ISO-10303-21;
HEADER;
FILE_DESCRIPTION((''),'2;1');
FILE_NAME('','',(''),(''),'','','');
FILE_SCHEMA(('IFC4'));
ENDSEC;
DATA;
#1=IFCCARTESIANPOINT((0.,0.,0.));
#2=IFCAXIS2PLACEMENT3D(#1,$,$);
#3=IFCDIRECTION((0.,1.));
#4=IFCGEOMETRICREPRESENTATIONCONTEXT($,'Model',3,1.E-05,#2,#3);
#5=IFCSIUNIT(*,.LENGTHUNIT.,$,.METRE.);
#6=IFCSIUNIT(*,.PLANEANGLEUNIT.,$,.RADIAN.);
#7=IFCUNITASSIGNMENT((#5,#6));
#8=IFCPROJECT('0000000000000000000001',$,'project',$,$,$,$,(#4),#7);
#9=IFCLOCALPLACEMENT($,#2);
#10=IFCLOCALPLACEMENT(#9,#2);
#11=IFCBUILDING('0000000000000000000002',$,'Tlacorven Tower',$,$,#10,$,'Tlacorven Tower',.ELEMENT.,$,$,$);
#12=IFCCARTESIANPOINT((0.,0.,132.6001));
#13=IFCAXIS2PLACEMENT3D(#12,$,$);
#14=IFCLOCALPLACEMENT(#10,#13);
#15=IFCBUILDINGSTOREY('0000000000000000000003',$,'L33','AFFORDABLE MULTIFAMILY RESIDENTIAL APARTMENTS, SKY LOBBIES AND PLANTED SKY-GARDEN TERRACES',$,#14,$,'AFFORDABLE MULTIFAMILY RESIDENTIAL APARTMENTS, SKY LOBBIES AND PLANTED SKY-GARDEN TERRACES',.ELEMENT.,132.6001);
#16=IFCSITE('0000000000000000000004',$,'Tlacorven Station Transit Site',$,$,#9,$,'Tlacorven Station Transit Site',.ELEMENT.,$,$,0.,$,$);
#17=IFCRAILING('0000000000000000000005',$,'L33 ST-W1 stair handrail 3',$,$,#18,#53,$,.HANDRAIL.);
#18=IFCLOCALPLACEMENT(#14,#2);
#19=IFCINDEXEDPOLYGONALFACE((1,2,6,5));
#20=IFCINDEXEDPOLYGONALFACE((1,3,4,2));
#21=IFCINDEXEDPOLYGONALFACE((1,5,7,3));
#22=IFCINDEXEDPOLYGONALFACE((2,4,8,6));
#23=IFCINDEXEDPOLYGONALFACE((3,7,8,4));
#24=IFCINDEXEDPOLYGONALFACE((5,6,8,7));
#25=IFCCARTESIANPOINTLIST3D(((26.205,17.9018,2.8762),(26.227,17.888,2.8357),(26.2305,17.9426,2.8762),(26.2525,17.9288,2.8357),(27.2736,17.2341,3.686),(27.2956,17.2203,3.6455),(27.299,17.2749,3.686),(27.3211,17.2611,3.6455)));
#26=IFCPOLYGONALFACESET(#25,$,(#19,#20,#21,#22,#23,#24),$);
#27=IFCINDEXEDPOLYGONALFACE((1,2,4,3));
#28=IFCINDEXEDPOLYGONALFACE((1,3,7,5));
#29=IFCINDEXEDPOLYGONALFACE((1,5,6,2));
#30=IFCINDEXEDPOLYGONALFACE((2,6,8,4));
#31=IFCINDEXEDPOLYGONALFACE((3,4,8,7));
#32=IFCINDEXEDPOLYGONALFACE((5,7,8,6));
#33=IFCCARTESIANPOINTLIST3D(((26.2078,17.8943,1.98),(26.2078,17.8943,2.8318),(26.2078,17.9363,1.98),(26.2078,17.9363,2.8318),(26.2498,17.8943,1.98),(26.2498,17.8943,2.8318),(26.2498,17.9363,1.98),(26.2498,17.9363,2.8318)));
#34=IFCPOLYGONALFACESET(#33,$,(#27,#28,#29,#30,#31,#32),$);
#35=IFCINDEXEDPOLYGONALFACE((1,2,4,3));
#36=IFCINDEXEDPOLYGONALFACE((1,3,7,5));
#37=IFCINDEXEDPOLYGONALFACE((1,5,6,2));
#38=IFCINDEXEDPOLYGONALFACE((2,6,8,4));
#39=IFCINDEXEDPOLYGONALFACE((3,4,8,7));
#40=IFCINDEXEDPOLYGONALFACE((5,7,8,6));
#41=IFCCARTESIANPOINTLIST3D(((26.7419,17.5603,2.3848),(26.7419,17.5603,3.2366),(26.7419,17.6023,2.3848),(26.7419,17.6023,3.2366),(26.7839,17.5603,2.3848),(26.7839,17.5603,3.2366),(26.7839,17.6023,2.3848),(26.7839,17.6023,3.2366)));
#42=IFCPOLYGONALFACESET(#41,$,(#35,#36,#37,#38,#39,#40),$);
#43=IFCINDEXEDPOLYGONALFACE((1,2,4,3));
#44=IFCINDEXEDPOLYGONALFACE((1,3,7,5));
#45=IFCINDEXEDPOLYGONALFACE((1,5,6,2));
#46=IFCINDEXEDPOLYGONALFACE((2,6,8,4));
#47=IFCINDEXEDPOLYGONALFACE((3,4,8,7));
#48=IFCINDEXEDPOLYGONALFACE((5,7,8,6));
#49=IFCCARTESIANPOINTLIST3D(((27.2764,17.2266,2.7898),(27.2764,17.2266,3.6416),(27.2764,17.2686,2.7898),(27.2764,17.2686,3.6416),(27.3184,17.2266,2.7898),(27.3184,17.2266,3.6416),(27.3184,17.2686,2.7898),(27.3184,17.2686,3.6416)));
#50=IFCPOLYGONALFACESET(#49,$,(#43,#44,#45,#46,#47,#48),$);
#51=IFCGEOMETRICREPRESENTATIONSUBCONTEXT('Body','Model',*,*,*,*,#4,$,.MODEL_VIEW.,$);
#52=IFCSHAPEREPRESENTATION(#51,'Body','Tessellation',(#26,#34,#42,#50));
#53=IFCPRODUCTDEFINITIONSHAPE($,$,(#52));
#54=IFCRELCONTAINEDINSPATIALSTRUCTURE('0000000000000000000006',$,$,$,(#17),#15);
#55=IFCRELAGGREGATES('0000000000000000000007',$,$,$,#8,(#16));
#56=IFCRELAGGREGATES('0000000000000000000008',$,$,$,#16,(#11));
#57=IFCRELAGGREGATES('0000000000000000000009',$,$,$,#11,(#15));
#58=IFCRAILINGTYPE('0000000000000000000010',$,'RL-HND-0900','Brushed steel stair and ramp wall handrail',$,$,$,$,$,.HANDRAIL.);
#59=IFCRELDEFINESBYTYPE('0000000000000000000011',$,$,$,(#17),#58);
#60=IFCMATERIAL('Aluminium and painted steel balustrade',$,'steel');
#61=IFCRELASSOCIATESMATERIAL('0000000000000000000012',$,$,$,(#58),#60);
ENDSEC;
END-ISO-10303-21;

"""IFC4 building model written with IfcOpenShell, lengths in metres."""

from ifc_helpers import new_model, si_unit, direction, frame, origin, origin_2d, place, context, subcontext, project, spatial, rectangle, extrude, source, transform, mapped, material, type_object, element, save


model = new_model("IFC4")

# Units and contexts
model_context = context("Model", 3, precision=1e-05, world=origin(), true_north=direction((0.0, 1.0)))
body_context = subcontext(model_context, "Body", "Model", "MODEL_VIEW")
ifc_project = project(units=[si_unit("LENGTHUNIT", "METRE"), si_unit("PLANEANGLEUNIT", "RADIAN")], contexts=[model_context])

# Site, building, storey
site_placement = place(None, origin())
site = spatial("IfcSite", under=ifc_project, at=site_placement, Name="Tlacorven Station Transit Site", LongName="Tlacorven Station Transit Site", CompositionType="ELEMENT", RefElevation=0.0)
building_placement = place(site_placement, origin())
building = spatial("IfcBuilding", under=site, at=building_placement, Name="Tlacorven Tower", LongName="Tlacorven Tower", CompositionType="ELEMENT")
storey_placement = place(building_placement, frame((0.0, 0.0, 132.6001)))
storey = spatial("IfcBuildingStorey", under=building, at=storey_placement, Name="L33", Description="AFFORDABLE MULTIFAMILY RESIDENTIAL APARTMENTS, SKY LOBBIES AND PLANTED SKY-GARDEN TERRACES", LongName="AFFORDABLE MULTIFAMILY RESIDENTIAL APARTMENTS, SKY LOBBIES AND PLANTED SKY-GARDEN TERRACES", CompositionType="ELEMENT", Elevation=132.6001)

# Railing
ifc_material_1 = material(Name="Aluminium and painted steel balustrade", Category="steel")
railing_type_1 = type_object("IfcRailingType", Name="RL-HND-0900", Description="Brushed steel stair and ramp wall handrail", PredefinedType="HANDRAIL", material=ifc_material_1)
shared_shape_1 = source(origin(), body_context, "Body", "SweptSolid", [
    extrude(rectangle(XDim=0.0481, YDim=0.0481, at=origin_2d()), frame((0.0, 0.0, 0.876), z_axis=(0.713423, -0.445787, 0.540649), x_axis=(0.529912, 0.848053, 0.0)), (0.0, 0.0, 1.0), 1.4978),
    extrude(rectangle(XDim=0.042, YDim=0.042, at=origin_2d()), origin(), (0.0, 0.0, 1.0), 0.8518),
    extrude(rectangle(XDim=0.042, YDim=0.042, at=origin_2d()), frame((0.5342, -0.334, 0.4048)), (0.0, 0.0, 1.0), 0.8518),
    extrude(rectangle(XDim=0.042, YDim=0.042, at=origin_2d()), frame((1.0686, -0.6677, 0.8098)), (0.0, 0.0, 1.0), 0.8518),
])
railing_1_placement = place(storey_placement, frame((26.2288, 17.9153, 1.98)))
element("IfcRailing", 1, at=railing_1_placement, inside=storey, type_object=railing_type_1, Name="L33 ST-W1 stair handrail 3", PredefinedType="HANDRAIL", context=body_context, shape_type="MappedRepresentation", body=[
    mapped(shared_shape_1, transform((0.0, 0.0, 0.0), scale=1.0)),
])

save(model, "model.ifc")
